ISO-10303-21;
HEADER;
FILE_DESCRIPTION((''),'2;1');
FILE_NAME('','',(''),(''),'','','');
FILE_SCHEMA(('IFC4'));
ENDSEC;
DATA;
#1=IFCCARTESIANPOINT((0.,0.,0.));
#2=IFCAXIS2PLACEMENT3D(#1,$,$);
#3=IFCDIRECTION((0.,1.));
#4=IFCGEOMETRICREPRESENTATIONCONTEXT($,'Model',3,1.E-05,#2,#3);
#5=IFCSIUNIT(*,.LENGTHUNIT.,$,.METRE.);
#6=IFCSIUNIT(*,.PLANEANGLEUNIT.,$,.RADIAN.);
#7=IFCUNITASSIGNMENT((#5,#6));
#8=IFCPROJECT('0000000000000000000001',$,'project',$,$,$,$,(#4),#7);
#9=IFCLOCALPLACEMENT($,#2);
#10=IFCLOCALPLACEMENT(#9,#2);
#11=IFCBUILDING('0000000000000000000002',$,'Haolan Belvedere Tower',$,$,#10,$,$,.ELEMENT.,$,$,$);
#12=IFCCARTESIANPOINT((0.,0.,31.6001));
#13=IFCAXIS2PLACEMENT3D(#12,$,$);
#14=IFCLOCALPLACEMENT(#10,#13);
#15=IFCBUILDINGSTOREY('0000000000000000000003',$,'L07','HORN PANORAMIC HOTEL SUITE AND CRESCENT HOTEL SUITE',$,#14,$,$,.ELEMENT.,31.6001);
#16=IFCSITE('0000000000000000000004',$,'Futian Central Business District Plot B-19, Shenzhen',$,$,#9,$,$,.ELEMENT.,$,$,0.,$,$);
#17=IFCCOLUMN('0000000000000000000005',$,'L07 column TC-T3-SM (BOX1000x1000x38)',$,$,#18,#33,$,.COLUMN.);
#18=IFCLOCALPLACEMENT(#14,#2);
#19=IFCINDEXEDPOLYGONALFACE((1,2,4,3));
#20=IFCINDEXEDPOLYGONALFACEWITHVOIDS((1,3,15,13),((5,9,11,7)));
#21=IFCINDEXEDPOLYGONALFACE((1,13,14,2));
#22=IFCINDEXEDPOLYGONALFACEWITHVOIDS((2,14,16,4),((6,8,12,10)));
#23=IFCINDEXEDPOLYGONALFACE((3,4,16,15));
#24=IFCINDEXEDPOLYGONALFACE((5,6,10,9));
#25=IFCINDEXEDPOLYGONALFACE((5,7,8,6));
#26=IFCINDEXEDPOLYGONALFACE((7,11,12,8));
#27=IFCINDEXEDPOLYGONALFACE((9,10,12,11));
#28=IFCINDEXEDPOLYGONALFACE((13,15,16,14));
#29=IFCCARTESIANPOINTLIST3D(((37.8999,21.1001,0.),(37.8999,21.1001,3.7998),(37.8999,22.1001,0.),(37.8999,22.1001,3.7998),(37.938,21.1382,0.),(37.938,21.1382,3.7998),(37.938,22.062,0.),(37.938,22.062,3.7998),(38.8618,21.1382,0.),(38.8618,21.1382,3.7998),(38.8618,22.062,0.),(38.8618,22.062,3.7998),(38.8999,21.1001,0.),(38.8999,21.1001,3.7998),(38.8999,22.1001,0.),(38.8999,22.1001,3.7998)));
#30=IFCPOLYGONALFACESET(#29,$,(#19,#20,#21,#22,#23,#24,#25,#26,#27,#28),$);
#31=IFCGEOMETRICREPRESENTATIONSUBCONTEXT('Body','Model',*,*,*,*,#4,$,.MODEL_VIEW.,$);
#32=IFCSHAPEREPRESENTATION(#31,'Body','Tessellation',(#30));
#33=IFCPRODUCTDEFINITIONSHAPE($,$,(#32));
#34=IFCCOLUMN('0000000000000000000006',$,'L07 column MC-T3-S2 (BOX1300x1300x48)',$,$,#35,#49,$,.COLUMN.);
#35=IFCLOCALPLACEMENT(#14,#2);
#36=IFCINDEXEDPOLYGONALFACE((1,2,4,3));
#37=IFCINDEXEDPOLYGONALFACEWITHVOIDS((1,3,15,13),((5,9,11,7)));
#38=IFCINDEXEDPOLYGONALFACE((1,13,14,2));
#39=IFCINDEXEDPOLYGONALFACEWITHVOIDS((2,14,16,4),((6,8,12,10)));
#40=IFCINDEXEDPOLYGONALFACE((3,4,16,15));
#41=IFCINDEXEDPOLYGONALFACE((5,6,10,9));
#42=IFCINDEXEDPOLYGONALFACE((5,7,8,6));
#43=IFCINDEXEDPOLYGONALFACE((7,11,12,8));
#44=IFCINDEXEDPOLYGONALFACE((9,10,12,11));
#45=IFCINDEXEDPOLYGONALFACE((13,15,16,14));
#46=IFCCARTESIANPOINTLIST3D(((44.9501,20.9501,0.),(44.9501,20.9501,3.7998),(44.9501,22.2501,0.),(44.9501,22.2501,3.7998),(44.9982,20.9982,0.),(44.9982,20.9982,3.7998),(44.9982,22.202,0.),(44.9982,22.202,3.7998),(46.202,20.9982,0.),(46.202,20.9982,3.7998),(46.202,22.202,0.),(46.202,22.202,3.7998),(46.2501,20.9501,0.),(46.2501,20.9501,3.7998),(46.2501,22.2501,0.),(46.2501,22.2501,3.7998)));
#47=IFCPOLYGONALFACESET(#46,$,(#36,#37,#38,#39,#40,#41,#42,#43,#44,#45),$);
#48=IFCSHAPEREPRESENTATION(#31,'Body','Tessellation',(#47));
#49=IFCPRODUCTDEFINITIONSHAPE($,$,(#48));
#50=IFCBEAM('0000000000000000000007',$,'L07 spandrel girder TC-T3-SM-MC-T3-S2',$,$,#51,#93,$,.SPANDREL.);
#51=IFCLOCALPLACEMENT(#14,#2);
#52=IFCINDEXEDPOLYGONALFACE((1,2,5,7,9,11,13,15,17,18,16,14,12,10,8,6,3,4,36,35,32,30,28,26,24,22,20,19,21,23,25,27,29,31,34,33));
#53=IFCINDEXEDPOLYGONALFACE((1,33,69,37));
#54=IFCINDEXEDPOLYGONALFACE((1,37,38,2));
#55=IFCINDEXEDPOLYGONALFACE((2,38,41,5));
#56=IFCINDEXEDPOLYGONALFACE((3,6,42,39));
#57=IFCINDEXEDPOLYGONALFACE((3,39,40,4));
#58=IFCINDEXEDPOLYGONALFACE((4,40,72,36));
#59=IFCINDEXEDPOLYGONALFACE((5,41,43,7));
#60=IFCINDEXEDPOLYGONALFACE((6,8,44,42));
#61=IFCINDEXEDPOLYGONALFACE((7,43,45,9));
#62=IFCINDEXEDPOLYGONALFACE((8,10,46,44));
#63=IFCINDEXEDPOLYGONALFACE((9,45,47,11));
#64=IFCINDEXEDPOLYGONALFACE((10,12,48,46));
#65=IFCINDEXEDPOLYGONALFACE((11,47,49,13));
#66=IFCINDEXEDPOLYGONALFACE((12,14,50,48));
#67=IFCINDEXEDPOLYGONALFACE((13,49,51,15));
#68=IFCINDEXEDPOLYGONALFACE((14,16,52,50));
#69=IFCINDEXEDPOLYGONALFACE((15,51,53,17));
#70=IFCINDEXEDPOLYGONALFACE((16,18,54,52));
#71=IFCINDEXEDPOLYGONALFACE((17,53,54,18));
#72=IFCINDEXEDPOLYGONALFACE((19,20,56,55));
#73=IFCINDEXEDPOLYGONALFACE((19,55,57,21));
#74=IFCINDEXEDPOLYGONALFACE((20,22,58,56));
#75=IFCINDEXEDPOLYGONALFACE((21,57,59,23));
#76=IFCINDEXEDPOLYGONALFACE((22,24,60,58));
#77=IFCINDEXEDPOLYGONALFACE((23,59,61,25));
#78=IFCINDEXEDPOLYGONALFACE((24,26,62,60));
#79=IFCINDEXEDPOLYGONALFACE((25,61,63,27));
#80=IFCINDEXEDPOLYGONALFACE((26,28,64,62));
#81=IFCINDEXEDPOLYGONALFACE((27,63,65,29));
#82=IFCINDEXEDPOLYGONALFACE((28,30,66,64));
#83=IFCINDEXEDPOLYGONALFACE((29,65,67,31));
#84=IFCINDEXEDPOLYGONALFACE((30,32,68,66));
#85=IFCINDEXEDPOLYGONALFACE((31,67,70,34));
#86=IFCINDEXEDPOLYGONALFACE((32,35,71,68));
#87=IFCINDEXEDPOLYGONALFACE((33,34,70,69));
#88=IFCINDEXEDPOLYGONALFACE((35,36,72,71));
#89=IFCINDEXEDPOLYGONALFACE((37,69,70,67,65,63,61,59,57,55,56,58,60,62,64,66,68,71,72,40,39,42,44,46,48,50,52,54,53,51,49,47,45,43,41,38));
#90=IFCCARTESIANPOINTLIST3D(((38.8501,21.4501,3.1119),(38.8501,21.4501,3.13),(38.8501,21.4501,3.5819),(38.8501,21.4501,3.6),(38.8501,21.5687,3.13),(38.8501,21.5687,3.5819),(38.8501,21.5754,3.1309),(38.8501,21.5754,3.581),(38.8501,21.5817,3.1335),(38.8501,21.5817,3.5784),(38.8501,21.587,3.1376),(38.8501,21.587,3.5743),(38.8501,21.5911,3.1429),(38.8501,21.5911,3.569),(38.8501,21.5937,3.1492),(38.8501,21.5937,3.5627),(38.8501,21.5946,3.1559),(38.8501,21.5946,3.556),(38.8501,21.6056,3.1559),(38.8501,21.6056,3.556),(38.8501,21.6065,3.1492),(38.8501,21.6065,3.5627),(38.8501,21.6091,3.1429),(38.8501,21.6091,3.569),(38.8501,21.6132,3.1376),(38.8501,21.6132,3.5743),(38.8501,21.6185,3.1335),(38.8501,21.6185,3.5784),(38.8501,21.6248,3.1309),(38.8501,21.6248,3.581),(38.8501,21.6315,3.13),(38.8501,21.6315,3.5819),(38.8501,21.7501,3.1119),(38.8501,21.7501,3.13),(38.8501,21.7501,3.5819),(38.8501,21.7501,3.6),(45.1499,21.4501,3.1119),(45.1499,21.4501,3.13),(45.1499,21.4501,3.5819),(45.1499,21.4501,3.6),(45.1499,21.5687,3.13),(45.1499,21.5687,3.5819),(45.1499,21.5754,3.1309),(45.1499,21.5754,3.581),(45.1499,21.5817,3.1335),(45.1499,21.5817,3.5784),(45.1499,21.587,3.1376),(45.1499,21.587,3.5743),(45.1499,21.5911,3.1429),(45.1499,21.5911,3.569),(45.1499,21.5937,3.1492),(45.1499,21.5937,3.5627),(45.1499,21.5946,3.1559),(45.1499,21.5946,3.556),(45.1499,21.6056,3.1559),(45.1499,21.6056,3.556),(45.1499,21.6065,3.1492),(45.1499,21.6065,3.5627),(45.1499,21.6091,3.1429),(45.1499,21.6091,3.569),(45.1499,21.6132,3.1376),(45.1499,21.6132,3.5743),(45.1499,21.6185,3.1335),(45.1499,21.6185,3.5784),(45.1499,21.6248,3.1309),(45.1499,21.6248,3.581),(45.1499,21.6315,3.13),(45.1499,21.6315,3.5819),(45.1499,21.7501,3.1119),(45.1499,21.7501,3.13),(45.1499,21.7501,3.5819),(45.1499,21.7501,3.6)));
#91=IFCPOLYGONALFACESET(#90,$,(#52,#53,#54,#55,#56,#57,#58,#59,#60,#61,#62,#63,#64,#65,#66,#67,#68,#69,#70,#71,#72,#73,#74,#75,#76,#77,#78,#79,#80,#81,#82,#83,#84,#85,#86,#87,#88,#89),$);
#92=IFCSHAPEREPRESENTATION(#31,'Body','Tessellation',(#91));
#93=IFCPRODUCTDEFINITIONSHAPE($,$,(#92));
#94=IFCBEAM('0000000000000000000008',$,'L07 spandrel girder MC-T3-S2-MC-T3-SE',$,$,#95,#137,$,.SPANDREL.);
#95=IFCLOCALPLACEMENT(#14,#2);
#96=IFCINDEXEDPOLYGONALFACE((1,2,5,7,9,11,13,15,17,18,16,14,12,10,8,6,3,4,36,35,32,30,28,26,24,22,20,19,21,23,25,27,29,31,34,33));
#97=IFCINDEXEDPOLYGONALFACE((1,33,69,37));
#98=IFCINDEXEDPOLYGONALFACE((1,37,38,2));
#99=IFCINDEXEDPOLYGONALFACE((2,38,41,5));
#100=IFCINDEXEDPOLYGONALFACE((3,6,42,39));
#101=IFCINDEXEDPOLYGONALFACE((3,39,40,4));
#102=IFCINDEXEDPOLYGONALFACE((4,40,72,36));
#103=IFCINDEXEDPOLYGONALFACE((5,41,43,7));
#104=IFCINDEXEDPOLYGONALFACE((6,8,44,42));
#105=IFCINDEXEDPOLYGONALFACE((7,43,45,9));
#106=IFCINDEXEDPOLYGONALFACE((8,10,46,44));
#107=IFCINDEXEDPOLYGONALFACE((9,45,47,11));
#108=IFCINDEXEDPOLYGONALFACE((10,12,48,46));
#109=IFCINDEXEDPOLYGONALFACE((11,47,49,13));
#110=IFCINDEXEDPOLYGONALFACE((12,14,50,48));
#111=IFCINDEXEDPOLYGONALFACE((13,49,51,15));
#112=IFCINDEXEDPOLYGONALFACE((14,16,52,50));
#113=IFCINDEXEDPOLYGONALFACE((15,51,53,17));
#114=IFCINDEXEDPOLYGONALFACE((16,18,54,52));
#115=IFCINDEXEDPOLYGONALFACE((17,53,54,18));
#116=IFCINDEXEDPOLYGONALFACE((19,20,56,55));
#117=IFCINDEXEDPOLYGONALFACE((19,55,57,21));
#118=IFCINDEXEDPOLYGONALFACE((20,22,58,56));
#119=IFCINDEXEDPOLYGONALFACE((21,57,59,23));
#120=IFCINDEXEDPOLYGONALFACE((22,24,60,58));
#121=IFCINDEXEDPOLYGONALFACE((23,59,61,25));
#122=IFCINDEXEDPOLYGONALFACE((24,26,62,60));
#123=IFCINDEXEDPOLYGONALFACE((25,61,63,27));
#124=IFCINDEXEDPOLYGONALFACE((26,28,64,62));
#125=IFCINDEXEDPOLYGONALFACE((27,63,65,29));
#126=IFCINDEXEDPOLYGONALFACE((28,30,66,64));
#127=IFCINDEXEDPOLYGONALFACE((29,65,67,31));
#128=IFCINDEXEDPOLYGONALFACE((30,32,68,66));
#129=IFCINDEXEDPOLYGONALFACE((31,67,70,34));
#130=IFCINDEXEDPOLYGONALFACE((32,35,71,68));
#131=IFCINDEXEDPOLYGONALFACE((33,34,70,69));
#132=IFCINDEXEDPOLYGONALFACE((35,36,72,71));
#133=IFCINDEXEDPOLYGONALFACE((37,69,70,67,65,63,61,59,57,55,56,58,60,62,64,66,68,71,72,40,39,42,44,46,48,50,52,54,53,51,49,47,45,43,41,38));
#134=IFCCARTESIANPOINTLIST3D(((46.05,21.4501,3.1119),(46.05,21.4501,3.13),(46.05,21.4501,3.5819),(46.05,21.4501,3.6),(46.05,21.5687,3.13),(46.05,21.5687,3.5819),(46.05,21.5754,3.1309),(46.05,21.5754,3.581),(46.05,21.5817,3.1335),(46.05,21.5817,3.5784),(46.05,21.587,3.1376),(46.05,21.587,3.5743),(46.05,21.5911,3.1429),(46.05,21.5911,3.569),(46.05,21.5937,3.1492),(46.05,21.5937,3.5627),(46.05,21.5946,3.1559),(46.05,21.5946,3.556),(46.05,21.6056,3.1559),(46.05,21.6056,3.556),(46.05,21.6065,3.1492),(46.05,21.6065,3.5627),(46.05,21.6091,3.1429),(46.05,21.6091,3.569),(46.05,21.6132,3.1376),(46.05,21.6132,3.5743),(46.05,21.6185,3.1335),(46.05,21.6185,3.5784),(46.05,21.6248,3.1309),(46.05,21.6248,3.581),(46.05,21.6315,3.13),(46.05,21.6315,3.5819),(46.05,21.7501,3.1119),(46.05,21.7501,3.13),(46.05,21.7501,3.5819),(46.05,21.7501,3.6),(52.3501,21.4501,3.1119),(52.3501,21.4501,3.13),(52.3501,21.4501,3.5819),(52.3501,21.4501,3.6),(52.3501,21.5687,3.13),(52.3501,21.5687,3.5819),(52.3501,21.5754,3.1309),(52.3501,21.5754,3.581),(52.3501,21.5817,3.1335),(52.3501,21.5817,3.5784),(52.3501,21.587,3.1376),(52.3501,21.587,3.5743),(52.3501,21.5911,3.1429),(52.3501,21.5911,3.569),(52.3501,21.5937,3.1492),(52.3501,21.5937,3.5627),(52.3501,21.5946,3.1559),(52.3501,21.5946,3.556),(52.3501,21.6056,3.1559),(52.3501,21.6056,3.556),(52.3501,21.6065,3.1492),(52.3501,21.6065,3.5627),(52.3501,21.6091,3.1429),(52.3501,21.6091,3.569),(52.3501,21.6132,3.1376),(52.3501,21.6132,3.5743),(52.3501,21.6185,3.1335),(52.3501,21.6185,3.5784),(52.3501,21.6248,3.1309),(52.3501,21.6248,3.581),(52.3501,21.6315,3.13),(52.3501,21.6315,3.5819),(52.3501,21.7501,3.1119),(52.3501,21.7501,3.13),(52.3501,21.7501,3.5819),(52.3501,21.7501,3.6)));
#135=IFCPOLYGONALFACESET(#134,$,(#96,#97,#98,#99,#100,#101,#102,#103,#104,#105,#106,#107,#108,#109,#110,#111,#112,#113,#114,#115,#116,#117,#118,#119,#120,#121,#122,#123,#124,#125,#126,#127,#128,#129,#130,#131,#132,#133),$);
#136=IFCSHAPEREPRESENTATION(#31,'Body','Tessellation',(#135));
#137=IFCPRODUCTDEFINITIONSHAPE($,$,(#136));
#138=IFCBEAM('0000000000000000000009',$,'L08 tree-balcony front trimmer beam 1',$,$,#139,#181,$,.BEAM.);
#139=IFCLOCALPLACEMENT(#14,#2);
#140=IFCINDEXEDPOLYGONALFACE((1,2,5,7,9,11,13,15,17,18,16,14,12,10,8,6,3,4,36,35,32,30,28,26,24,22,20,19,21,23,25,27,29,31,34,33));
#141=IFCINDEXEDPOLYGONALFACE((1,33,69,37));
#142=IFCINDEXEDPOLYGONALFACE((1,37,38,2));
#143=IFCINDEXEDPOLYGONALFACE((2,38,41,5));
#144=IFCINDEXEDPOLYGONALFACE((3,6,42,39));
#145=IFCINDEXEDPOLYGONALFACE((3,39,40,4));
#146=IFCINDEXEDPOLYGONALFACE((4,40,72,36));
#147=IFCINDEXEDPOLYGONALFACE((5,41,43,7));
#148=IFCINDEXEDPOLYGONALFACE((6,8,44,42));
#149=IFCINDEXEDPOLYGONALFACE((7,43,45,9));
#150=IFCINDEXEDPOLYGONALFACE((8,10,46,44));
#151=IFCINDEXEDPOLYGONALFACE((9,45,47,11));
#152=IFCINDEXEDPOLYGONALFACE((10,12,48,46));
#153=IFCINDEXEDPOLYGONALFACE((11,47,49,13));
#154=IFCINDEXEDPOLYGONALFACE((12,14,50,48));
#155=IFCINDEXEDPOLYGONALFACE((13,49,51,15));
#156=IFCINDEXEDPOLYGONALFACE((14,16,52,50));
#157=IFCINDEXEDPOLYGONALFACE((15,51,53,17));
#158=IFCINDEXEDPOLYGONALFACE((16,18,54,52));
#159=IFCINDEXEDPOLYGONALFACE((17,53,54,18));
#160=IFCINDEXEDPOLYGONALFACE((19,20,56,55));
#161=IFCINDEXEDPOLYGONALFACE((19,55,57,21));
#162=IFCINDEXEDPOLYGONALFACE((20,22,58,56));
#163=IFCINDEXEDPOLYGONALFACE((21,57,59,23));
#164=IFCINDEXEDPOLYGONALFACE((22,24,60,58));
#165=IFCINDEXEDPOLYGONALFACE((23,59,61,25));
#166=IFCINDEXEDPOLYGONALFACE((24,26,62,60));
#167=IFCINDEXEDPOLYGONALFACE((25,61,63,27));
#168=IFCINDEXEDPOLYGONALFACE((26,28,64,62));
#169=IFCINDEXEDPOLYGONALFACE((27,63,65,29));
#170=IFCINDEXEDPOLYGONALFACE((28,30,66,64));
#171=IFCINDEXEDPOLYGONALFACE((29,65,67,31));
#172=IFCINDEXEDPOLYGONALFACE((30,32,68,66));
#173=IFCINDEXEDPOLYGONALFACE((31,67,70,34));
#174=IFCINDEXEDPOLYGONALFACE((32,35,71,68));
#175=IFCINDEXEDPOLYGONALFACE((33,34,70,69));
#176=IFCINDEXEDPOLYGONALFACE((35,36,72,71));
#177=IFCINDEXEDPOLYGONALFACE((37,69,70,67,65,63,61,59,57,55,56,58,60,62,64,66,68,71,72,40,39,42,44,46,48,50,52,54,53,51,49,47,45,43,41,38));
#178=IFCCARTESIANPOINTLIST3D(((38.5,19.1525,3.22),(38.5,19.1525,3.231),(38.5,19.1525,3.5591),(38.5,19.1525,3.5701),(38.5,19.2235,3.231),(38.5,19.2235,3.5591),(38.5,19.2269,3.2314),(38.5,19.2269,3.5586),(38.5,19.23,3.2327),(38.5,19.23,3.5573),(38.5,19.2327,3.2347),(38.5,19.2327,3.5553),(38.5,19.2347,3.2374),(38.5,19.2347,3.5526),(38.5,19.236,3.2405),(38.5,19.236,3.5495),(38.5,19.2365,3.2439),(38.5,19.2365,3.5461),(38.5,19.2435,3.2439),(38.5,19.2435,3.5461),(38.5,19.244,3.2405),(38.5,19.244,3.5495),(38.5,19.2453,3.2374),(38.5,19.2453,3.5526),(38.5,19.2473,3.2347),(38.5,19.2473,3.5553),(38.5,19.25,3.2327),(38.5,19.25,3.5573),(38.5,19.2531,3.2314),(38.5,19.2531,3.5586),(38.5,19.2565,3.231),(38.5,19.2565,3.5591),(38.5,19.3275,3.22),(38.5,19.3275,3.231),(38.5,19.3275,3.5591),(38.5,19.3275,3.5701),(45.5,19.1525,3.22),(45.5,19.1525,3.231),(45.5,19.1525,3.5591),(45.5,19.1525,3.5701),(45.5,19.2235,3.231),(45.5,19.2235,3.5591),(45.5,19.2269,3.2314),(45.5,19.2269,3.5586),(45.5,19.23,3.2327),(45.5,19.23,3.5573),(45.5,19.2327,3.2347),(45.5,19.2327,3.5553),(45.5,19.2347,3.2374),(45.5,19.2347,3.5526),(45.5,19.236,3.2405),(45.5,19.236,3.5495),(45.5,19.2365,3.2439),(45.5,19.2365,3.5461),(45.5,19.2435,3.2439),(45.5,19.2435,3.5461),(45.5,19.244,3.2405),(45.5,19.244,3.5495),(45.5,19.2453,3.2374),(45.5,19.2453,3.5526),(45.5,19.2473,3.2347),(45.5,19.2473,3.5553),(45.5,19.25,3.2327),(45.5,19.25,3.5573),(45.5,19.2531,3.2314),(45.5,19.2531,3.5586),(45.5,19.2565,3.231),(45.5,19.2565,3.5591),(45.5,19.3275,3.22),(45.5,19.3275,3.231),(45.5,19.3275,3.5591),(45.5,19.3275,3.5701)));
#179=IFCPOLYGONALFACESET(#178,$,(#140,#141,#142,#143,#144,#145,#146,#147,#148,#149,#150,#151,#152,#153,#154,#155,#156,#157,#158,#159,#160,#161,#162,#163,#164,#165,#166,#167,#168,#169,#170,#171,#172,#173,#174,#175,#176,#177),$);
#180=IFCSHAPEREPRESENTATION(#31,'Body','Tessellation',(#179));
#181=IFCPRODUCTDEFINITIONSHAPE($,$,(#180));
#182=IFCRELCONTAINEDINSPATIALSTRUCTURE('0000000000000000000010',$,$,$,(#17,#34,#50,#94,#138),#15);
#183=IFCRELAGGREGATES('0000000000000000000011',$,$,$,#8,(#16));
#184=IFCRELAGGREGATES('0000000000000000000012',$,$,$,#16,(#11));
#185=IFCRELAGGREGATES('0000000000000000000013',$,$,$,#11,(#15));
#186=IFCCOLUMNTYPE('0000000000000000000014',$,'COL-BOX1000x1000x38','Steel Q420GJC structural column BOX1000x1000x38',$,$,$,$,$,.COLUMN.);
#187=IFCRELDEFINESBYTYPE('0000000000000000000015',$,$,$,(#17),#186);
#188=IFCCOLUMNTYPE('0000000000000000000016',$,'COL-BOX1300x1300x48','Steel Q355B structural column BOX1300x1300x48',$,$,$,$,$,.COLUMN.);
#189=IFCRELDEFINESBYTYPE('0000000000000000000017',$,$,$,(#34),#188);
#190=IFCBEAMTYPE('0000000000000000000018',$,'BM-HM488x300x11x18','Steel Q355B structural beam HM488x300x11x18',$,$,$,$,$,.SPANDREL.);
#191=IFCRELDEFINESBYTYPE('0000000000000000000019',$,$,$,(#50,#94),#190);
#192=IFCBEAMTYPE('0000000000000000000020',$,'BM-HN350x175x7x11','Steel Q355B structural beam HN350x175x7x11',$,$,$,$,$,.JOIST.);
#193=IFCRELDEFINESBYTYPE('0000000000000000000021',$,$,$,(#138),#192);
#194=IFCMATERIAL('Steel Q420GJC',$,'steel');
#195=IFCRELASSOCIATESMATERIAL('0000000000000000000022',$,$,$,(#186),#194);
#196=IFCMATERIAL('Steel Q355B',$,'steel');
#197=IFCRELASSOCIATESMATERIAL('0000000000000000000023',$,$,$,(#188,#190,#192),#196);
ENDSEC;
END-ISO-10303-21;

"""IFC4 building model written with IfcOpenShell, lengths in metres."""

from ifc_helpers import new_model, si_unit, direction, frame, origin, origin_2d, place, context, subcontext, project, spatial, hollow_rectangle, i_section, extrude, material, material_profile, profile_set, type_object, element, save


model = new_model("IFC4")

# Units and contexts
model_context = context("Model", 3, precision=1e-05, world=origin(), true_north=direction((0.0, 1.0)))
body_context = subcontext(model_context, "Body", "Model", "MODEL_VIEW")
ifc_project = project(units=[si_unit("LENGTHUNIT", "METRE"), si_unit("PLANEANGLEUNIT", "RADIAN")], contexts=[model_context])

# Site, building, storey
site_placement = place(None, origin())
site = spatial("IfcSite", under=ifc_project, at=site_placement, Name="Futian Central Business District Plot B-19, Shenzhen", CompositionType="ELEMENT", RefElevation=0.0)
building_placement = place(site_placement, origin())
building = spatial("IfcBuilding", under=site, at=building_placement, Name="Haolan Belvedere Tower", CompositionType="ELEMENT")
storey_placement = place(building_placement, frame((0.0, 0.0, 31.6001)))
storey = spatial("IfcBuildingStorey", under=building, at=storey_placement, Name="L07", Description="HORN PANORAMIC HOTEL SUITE AND CRESCENT HOTEL SUITE", CompositionType="ELEMENT", Elevation=31.6001)

# Columns
ifc_material_1 = material(Name="Steel Q420GJC", Category="steel")
ifc_material_profile_1 = material_profile(ifc_material_1, hollow_rectangle(XDim=1.0, YDim=1.0, WallThickness=0.0381, at=origin_2d()), Name="Steel Q420GJC")
ifc_profile_set_1 = profile_set([ifc_material_profile_1], Name="Steel Q420GJC")
column_type_1 = type_object("IfcColumnType", Name="COL-BOX1000x1000x38", Description="Steel Q420GJC structural column BOX1000x1000x38", PredefinedType="COLUMN", material=ifc_profile_set_1)
column_1_placement = place(storey_placement, frame((38.3999, 21.6001, 0.0), z_axis=(0.0, 0.0, 1.0), x_axis=(1.0, 0.0, 0.0)))
element("IfcColumn", 1, at=column_1_placement, inside=storey, type_object=column_type_1, Name="L07 column TC-T3-SM (BOX1000x1000x38)", PredefinedType="COLUMN", context=body_context, shape_type="SweptSolid", body=[
    extrude(hollow_rectangle(XDim=1.0, YDim=1.0, WallThickness=0.0381, at=origin_2d()), origin(), (0.0, 0.0, 1.0), 3.7998),
])
ifc_material_2 = material(Name="Steel Q355B", Category="steel")
ifc_material_profile_2 = material_profile(ifc_material_2, hollow_rectangle(XDim=1.3, YDim=1.3, WallThickness=0.0481, at=origin_2d()), Name="Steel Q355B")
ifc_profile_set_2 = profile_set([ifc_material_profile_2], Name="Steel Q355B")
column_type_2 = type_object("IfcColumnType", Name="COL-BOX1300x1300x48", Description="Steel Q355B structural column BOX1300x1300x48", PredefinedType="COLUMN", material=ifc_profile_set_2)
column_2_placement = place(storey_placement, frame((45.6001, 21.6001, 0.0), z_axis=(0.0, 0.0, 1.0), x_axis=(1.0, 0.0, 0.0)))
element("IfcColumn", 2, at=column_2_placement, inside=storey, type_object=column_type_2, Name="L07 column MC-T3-S2 (BOX1300x1300x48)", PredefinedType="COLUMN", context=body_context, shape_type="SweptSolid", body=[
    extrude(hollow_rectangle(XDim=1.3, YDim=1.3, WallThickness=0.0481, at=origin_2d()), origin(), (0.0, 0.0, 1.0), 3.7998),
])

# Beams
ifc_material_profile_3 = material_profile(ifc_material_2, i_section(OverallWidth=0.3, OverallDepth=0.488, WebThickness=0.011, FlangeThickness=0.0181, FilletRadius=0.0259, at=origin_2d()), Name="Steel Q355B")
ifc_profile_set_3 = profile_set([ifc_material_profile_3], Name="Steel Q355B")
beam_type_1 = type_object("IfcBeamType", Name="BM-HM488x300x11x18", Description="Steel Q355B structural beam HM488x300x11x18", PredefinedType="SPANDREL", material=ifc_profile_set_3)
beam_1_placement = place(storey_placement, frame((38.8501, 21.6001, 3.356), z_axis=(1.0, 0.0, 0.0), x_axis=(0.0, 1.0, 0.0)))
element("IfcBeam", 3, at=beam_1_placement, inside=storey, type_object=beam_type_1, Name="L07 spandrel girder TC-T3-SM-MC-T3-S2", PredefinedType="SPANDREL", context=body_context, shape_type="SweptSolid", body=[
    extrude(i_section(OverallWidth=0.3, OverallDepth=0.488, WebThickness=0.011, FlangeThickness=0.0181, FilletRadius=0.0259, at=origin_2d()), origin(), (0.0, 0.0, 1.0), 6.2998),
])
beam_2_placement = place(storey_placement, frame((46.05, 21.6001, 3.356), z_axis=(1.0, 0.0, 0.0), x_axis=(0.0, 1.0, 0.0)))
element("IfcBeam", 4, at=beam_2_placement, inside=storey, type_object=beam_type_1, Name="L07 spandrel girder MC-T3-S2-MC-T3-SE", PredefinedType="SPANDREL", context=body_context, shape_type="SweptSolid", body=[
    extrude(i_section(OverallWidth=0.3, OverallDepth=0.488, WebThickness=0.011, FlangeThickness=0.0181, FilletRadius=0.0259, at=origin_2d()), origin(), (0.0, 0.0, 1.0), 6.3),
])
ifc_material_profile_4 = material_profile(ifc_material_2, i_section(OverallWidth=0.175, OverallDepth=0.3501, WebThickness=0.0071, FlangeThickness=0.011, FilletRadius=0.0129, at=origin_2d()), Name="Steel Q355B")
ifc_profile_set_4 = profile_set([ifc_material_profile_4], Name="Steel Q355B")
beam_type_2 = type_object("IfcBeamType", Name="BM-HN350x175x7x11", Description="Steel Q355B structural beam HN350x175x7x11", PredefinedType="JOIST", material=ifc_profile_set_4)
beam_3_placement = place(storey_placement, frame((38.5, 19.24, 3.395), z_axis=(1.0, 0.0, 0.0), x_axis=(0.0, 1.0, 0.0)))
element("IfcBeam", 5, at=beam_3_placement, inside=storey, type_object=beam_type_2, Name="L08 tree-balcony front trimmer beam 1", PredefinedType="BEAM", context=body_context, shape_type="SweptSolid", body=[
    extrude(i_section(OverallWidth=0.175, OverallDepth=0.3501, WebThickness=0.0071, FlangeThickness=0.011, FilletRadius=0.0129, at=origin_2d()), origin(), (0.0, 0.0, 1.0), 7.0),
])

save(model, "model.ifc")
